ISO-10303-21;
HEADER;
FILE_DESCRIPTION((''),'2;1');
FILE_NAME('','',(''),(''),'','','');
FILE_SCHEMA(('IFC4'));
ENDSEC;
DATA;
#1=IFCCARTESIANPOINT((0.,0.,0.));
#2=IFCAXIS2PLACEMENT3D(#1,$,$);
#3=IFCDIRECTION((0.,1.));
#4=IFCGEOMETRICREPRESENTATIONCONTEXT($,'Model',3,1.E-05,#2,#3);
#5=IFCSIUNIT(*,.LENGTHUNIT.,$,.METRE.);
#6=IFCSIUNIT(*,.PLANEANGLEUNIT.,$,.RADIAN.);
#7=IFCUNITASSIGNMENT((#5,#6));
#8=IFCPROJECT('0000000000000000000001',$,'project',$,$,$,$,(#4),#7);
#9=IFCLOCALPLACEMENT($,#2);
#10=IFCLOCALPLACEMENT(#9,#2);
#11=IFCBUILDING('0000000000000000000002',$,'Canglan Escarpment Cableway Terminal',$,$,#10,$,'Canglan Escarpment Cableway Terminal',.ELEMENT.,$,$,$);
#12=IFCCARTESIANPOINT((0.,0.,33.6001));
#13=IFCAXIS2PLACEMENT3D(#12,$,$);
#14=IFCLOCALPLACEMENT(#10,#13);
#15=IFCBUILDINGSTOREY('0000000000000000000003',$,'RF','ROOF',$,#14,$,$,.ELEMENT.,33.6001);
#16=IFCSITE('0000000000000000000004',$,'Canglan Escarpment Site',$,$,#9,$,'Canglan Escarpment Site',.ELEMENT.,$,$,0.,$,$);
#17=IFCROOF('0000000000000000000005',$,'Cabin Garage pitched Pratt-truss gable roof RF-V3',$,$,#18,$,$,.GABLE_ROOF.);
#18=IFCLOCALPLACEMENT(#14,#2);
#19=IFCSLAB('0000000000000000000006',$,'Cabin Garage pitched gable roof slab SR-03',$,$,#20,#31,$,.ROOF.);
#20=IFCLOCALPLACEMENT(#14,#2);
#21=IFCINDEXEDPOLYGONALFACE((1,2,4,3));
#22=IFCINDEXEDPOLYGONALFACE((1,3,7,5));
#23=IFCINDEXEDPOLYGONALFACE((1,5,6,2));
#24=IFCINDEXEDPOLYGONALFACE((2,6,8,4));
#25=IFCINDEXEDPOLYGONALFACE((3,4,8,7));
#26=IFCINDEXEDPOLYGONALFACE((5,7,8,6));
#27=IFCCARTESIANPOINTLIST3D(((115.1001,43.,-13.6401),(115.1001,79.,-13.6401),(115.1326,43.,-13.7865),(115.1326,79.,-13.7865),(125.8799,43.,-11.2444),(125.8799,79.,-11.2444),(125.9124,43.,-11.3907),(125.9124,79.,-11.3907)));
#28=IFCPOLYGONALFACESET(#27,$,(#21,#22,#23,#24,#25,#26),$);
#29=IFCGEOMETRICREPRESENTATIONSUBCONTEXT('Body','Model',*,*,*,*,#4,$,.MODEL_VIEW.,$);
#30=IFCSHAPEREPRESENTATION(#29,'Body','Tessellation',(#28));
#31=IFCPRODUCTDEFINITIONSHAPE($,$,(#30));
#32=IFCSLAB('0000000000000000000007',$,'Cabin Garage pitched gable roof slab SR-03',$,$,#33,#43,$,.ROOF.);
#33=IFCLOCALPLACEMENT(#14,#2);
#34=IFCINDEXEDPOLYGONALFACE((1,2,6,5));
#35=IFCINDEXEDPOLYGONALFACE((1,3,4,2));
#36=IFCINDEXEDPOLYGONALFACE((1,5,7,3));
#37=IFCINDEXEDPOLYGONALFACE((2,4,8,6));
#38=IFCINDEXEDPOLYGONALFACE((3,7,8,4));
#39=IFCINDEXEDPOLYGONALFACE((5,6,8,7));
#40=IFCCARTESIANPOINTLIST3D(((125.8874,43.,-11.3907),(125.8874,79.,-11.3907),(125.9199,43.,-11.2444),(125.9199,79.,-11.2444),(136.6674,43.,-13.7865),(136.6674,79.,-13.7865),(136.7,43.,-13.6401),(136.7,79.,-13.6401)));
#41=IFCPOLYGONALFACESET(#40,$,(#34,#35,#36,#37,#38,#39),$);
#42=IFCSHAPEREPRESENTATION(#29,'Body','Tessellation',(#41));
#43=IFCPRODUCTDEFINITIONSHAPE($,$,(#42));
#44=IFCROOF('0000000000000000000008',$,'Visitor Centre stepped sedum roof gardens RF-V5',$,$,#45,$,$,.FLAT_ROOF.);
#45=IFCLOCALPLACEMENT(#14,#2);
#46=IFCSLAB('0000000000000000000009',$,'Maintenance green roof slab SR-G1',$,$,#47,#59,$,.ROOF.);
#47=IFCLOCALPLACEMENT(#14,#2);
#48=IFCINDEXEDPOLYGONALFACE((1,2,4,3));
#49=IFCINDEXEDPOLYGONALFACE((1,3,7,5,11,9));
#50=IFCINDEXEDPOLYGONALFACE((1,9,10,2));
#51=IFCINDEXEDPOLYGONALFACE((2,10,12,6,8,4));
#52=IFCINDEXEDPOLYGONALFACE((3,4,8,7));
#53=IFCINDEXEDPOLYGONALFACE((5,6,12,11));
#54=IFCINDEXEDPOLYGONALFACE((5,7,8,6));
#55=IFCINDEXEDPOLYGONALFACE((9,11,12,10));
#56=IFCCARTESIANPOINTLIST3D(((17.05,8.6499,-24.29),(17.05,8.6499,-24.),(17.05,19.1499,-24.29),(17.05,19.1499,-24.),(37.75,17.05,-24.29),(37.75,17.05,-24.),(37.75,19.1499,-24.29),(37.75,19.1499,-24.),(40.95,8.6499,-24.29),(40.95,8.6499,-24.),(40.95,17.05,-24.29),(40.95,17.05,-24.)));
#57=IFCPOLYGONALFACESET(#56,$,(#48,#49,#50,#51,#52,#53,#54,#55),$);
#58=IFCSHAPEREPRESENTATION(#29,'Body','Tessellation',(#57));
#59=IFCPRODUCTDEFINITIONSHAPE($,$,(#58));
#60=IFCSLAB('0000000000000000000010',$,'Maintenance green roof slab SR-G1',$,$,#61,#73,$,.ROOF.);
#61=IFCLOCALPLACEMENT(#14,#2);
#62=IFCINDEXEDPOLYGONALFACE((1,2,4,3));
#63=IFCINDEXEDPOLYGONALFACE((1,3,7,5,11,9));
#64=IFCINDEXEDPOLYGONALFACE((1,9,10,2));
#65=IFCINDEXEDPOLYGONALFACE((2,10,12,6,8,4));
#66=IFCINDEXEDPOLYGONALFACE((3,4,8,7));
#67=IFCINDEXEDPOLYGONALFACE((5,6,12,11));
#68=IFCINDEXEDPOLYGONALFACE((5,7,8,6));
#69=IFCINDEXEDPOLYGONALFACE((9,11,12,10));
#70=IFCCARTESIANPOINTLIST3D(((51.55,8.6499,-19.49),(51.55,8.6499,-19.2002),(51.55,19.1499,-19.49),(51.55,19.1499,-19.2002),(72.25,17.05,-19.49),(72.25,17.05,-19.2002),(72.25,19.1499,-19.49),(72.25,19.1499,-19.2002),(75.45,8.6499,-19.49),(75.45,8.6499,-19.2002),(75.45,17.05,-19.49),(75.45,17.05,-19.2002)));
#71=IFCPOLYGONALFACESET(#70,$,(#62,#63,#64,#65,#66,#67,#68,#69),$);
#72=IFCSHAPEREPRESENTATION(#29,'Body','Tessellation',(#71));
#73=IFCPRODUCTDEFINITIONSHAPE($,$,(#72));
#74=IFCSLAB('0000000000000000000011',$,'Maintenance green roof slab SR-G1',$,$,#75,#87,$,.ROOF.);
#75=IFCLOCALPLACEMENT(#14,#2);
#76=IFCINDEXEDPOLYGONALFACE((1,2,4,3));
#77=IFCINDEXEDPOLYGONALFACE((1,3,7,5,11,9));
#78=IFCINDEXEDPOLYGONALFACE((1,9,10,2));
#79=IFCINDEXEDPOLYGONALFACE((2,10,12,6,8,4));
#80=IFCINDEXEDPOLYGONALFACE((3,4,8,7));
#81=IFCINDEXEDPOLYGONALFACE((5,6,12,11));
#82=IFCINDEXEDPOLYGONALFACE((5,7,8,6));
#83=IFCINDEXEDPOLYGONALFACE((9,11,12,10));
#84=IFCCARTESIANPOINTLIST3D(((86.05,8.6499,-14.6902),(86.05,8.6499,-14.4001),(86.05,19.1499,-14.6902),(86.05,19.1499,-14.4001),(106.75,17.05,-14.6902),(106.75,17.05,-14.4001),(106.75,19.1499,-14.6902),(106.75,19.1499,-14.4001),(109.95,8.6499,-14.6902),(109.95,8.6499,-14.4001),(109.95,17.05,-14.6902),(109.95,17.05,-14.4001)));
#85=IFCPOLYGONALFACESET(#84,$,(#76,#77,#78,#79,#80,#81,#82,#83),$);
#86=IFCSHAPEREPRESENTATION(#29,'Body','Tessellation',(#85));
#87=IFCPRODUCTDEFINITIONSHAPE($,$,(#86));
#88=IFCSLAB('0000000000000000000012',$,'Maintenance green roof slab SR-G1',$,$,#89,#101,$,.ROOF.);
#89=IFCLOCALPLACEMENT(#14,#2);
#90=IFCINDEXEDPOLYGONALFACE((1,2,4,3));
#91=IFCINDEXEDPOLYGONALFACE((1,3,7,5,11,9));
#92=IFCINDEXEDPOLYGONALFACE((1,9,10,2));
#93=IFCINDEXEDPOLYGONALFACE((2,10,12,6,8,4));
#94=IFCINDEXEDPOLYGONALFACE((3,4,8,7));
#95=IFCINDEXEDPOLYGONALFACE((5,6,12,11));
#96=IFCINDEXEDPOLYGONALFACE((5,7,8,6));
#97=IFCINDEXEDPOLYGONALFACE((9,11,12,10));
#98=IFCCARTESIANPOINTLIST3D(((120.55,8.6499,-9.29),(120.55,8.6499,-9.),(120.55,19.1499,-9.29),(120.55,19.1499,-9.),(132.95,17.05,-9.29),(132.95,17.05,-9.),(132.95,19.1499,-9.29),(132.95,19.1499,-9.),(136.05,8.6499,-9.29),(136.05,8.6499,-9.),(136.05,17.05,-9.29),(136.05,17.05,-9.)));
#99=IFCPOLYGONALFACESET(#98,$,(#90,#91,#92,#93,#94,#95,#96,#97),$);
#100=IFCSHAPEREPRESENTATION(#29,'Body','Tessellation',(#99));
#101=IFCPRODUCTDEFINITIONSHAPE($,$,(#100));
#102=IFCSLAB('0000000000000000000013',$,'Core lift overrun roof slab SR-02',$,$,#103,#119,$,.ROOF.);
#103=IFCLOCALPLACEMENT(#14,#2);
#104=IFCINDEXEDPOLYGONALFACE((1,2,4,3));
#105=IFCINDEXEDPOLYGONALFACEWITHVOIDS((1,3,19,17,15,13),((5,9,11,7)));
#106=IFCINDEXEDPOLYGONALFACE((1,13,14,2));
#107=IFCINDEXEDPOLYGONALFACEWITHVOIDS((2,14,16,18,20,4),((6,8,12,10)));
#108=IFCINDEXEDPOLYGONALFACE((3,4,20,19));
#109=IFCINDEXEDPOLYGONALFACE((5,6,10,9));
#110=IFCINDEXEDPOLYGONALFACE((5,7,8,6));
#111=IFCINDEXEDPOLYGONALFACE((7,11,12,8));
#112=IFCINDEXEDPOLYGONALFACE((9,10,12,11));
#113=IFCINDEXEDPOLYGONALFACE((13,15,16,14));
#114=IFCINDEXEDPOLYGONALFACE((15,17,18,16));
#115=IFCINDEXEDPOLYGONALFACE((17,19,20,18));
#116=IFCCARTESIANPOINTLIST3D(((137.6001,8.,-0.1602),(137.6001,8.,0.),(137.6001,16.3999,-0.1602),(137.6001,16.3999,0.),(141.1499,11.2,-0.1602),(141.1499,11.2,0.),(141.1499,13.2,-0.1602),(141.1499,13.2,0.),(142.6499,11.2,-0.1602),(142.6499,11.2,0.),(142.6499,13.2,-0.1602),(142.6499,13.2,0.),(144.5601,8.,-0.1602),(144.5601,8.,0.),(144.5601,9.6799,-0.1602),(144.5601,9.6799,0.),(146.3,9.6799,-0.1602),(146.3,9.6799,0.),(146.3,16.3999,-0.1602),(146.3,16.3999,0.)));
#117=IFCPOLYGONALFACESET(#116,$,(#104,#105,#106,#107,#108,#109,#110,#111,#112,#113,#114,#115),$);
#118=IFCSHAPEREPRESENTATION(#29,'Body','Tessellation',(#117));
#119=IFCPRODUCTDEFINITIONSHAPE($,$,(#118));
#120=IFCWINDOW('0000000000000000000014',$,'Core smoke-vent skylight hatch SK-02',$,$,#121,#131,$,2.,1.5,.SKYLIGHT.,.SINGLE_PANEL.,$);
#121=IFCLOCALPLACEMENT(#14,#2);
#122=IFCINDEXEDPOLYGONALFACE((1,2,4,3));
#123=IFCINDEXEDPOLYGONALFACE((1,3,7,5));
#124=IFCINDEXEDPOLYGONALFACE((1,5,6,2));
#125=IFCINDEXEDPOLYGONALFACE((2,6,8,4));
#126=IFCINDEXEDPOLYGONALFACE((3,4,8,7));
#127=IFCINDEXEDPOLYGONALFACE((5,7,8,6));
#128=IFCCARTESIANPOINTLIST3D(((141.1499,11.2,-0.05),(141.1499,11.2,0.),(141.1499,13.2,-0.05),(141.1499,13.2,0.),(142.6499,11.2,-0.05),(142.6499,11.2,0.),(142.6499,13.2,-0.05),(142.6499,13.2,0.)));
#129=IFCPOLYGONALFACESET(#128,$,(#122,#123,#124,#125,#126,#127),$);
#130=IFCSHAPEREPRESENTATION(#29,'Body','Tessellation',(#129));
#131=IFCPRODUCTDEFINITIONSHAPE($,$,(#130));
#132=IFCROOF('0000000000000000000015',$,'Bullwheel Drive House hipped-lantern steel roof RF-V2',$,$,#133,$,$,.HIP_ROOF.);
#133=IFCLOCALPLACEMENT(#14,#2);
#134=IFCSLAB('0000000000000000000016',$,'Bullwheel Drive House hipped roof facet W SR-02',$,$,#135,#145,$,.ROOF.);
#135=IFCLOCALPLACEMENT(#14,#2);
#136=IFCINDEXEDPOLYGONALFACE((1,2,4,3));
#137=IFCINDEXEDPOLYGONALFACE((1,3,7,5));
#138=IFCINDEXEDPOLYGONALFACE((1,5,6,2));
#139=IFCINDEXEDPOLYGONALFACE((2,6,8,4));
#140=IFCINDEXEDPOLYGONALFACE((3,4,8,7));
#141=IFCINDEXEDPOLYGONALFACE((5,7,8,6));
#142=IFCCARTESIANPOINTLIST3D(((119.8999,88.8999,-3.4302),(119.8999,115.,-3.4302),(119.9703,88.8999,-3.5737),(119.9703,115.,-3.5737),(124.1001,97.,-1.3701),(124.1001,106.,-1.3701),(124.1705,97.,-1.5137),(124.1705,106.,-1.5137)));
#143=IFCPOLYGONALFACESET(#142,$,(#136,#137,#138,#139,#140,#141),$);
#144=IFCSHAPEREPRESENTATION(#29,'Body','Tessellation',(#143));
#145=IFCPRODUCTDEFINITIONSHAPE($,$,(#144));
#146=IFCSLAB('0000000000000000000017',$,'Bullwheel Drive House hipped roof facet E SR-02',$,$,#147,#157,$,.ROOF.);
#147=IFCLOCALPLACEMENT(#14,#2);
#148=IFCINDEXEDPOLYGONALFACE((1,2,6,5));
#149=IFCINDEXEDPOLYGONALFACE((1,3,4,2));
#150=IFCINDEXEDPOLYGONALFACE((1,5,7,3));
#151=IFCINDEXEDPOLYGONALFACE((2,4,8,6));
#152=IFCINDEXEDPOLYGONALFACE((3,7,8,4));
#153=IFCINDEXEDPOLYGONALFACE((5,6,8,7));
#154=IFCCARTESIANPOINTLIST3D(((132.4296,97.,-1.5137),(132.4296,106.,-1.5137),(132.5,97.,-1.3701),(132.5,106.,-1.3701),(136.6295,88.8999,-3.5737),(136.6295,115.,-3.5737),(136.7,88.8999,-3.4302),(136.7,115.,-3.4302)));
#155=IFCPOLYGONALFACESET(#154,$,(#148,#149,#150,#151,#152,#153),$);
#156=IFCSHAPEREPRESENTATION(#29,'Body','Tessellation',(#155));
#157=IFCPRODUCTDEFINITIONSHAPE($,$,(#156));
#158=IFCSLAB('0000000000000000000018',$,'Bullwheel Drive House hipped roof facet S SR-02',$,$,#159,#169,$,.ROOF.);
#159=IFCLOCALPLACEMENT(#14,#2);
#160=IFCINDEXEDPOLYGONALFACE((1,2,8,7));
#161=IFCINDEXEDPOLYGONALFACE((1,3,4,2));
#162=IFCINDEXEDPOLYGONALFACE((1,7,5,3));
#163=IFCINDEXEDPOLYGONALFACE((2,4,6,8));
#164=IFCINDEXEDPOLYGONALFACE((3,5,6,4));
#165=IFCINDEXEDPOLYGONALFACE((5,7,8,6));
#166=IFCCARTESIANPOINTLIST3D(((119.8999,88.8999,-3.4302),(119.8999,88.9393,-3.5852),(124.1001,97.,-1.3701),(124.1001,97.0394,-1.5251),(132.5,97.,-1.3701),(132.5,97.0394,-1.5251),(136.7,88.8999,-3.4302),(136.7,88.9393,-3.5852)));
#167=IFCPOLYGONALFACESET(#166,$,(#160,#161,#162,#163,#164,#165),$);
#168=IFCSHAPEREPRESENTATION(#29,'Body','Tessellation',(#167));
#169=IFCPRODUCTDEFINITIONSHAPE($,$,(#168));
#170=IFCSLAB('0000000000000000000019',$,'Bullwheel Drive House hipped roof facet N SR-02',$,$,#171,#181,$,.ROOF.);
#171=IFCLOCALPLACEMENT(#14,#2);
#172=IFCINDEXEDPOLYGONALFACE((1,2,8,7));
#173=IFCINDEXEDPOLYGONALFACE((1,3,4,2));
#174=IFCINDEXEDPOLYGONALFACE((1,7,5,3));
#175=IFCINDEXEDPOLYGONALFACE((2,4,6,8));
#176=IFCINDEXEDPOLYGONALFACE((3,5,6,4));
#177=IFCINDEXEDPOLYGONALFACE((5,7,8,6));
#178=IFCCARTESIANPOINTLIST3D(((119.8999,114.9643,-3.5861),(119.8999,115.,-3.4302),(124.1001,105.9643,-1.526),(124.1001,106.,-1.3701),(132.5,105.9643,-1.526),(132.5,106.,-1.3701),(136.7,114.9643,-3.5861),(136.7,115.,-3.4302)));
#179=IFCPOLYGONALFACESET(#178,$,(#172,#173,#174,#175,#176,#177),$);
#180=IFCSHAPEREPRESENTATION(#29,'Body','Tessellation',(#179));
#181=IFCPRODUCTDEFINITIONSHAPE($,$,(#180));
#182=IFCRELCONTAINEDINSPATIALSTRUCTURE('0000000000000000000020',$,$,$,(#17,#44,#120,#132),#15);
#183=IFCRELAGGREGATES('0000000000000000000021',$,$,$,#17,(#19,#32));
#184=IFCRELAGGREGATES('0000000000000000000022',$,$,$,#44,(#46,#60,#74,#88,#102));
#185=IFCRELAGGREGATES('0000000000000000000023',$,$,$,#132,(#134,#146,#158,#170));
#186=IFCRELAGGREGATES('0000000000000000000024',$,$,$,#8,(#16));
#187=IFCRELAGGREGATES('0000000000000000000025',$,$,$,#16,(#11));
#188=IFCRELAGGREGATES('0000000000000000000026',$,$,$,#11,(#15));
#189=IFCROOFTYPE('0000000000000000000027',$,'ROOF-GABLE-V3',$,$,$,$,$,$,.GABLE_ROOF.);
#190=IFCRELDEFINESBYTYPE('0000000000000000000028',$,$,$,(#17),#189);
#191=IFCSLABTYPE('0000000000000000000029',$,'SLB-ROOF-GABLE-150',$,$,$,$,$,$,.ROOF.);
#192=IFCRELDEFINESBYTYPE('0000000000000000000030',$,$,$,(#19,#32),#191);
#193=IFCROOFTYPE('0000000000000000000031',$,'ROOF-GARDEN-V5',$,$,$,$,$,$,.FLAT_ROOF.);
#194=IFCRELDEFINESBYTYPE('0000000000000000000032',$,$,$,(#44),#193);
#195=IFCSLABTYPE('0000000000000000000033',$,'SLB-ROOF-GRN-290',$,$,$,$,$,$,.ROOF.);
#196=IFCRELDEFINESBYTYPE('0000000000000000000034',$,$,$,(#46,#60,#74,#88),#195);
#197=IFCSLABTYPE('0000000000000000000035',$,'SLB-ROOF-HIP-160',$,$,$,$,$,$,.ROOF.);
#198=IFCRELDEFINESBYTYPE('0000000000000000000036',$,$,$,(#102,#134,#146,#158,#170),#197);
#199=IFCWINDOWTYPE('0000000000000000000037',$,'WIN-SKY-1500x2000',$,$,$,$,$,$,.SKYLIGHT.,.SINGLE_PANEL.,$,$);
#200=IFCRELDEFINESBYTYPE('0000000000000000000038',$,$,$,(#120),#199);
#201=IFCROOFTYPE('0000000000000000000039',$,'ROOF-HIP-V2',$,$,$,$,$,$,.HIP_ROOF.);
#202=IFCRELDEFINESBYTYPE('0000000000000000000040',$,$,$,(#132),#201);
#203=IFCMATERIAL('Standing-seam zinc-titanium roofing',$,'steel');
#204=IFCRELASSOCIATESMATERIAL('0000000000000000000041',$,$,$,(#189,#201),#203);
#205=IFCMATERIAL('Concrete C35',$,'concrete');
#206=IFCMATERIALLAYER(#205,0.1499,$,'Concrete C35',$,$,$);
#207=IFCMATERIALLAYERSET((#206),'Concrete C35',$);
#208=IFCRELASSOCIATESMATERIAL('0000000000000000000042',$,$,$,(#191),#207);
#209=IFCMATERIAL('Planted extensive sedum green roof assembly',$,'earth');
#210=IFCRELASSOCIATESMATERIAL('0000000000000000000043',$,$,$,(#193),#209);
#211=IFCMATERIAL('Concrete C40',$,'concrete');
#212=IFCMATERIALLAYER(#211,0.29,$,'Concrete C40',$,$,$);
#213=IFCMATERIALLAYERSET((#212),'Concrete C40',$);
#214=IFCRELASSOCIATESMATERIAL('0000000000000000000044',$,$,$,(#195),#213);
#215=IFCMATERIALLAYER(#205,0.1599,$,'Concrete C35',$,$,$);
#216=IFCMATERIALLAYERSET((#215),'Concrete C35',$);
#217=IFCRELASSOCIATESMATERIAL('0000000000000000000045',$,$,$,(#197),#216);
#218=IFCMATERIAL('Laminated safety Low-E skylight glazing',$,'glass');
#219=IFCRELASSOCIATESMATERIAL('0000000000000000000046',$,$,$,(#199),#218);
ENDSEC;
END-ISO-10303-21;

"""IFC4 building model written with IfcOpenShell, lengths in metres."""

from ifc_helpers import new_model, si_unit, direction, frame, origin, origin_2d, place, context, subcontext, project, spatial, polyline, rectangle, outline, extrude, material, layer, layer_set, type_object, element, fill, aggregate, save


model = new_model("IFC4")

# Units and contexts
model_context = context("Model", 3, precision=1e-05, world=origin(), true_north=direction((0.0, 1.0)))
body_context = subcontext(model_context, "Body", "Model", "MODEL_VIEW")
ifc_project = project(units=[si_unit("LENGTHUNIT", "METRE"), si_unit("PLANEANGLEUNIT", "RADIAN")], contexts=[model_context])

# Site, building, storey
site_placement = place(None, origin())
site = spatial("IfcSite", under=ifc_project, at=site_placement, Name="Canglan Escarpment Site", LongName="Canglan Escarpment Site", CompositionType="ELEMENT", RefElevation=0.0)
building_placement = place(site_placement, origin())
building = spatial("IfcBuilding", under=site, at=building_placement, Name="Canglan Escarpment Cableway Terminal", LongName="Canglan Escarpment Cableway Terminal", CompositionType="ELEMENT")
storey_placement = place(building_placement, frame((0.0, 0.0, 33.6001)))
storey = spatial("IfcBuildingStorey", under=building, at=storey_placement, Name="RF", Description="ROOF", CompositionType="ELEMENT", Elevation=33.6001)

# Roof, slabs
ifc_material_1 = material(Name="Standing-seam zinc-titanium roofing", Category="steel")
roof_type_1 = type_object("IfcRoofType", Name="ROOF-GABLE-V3", PredefinedType="GABLE_ROOF", material=ifc_material_1)
roof_1_placement = place(storey_placement, origin())
roof_1 = element("IfcRoof", 1, at=roof_1_placement, inside=storey, type_object=roof_type_1, Name="Cabin Garage pitched Pratt-truss gable roof RF-V3", PredefinedType="GABLE_ROOF")
ifc_material_2 = material(Name="Concrete C35", Category="concrete")
ifc_layer_1 = layer(ifc_material_2, 0.1499, Name="Concrete C35")
ifc_layer_set_1 = layer_set([ifc_layer_1], Name="Concrete C35")
slab_type_1 = type_object("IfcSlabType", Name="SLB-ROOF-GABLE-150", PredefinedType="ROOF", material=ifc_layer_set_1)
slab_1_placement = place(storey_placement, frame((115.1001, 43.0, -13.6401), z_axis=(-0.216952, 0.0, 0.976182), x_axis=(0.976182, 0.0, 0.216952)))
slab_1 = element("IfcSlab", 2, at=slab_1_placement, type_object=slab_type_1, Name="Cabin Garage pitched gable roof slab SR-03", PredefinedType="ROOF", context=body_context, shape_type="SweptSolid", body=[
    extrude(outline(polyline([(0.0, 0.0), (11.0428, 0.0), (11.0428, 36.0), (0.0, 36.0), (0.0, 0.0)])), origin(), (0.0, 0.0, -1.0), 0.1499),
])
slab_2_placement = place(storey_placement, frame((125.9199, 43.0, -11.2444), z_axis=(0.216947, 0.0, 0.976183), x_axis=(0.976183, 0.0, -0.216947)))
slab_2 = element("IfcSlab", 3, at=slab_2_placement, type_object=slab_type_1, Name="Cabin Garage pitched gable roof slab SR-03", PredefinedType="ROOF", context=body_context, shape_type="SweptSolid", body=[
    extrude(outline(polyline([(0.0, 0.0), (11.043, 0.0), (11.043, 36.0), (0.0, 36.0), (0.0, 0.0)])), origin(), (0.0, 0.0, -1.0), 0.1499),
])
aggregate(roof_1, [slab_1, slab_2])

# Roof, slabs, opening, window
ifc_material_3 = material(Name="Planted extensive sedum green roof assembly", Category="earth")
roof_type_2 = type_object("IfcRoofType", Name="ROOF-GARDEN-V5", PredefinedType="FLAT_ROOF", material=ifc_material_3)
roof_2_placement = place(storey_placement, origin())
roof_2 = element("IfcRoof", 4, at=roof_2_placement, inside=storey, type_object=roof_type_2, Name="Visitor Centre stepped sedum roof gardens RF-V5", PredefinedType="FLAT_ROOF")
ifc_material_4 = material(Name="Concrete C40", Category="concrete")
ifc_layer_2 = layer(ifc_material_4, 0.29, Name="Concrete C40")
ifc_layer_set_2 = layer_set([ifc_layer_2], Name="Concrete C40")
slab_type_2 = type_object("IfcSlabType", Name="SLB-ROOF-GRN-290", PredefinedType="ROOF", material=ifc_layer_set_2)
slab_3_placement = place(storey_placement, frame((0.0, 0.0, -24.29)))
slab_3 = element("IfcSlab", 5, at=slab_3_placement, type_object=slab_type_2, Name="Maintenance green roof slab SR-G1", PredefinedType="ROOF", context=body_context, shape_type="SweptSolid", body=[
    extrude(outline(polyline([(17.05, 8.6499), (40.95, 8.6499), (40.95, 17.05), (37.75, 17.05), (37.75, 19.1499), (17.05, 19.1499), (17.05, 8.6499)])), origin(), (0.0, 0.0, 1.0), 0.29),
])
slab_4_placement = place(storey_placement, frame((0.0, 0.0, -19.49)))
slab_4 = element("IfcSlab", 6, at=slab_4_placement, type_object=slab_type_2, Name="Maintenance green roof slab SR-G1", PredefinedType="ROOF", context=body_context, shape_type="SweptSolid", body=[
    extrude(outline(polyline([(51.55, 8.6499), (75.45, 8.6499), (75.45, 17.05), (72.25, 17.05), (72.25, 19.1499), (51.55, 19.1499), (51.55, 8.6499)])), origin(), (0.0, 0.0, 1.0), 0.2898),
])
slab_5_placement = place(storey_placement, frame((0.0, 0.0, -14.6902)))
slab_5 = element("IfcSlab", 7, at=slab_5_placement, type_object=slab_type_2, Name="Maintenance green roof slab SR-G1", PredefinedType="ROOF", context=body_context, shape_type="SweptSolid", body=[
    extrude(outline(polyline([(86.05, 8.6499), (109.95, 8.6499), (109.95, 17.05), (106.75, 17.05), (106.75, 19.1499), (86.05, 19.1499), (86.05, 8.6499)])), origin(), (0.0, 0.0, 1.0), 0.29),
])
slab_6_placement = place(storey_placement, frame((0.0, 0.0, -9.29)))
slab_6 = element("IfcSlab", 8, at=slab_6_placement, type_object=slab_type_2, Name="Maintenance green roof slab SR-G1", PredefinedType="ROOF", context=body_context, shape_type="SweptSolid", body=[
    extrude(outline(polyline([(120.55, 8.6499), (136.05, 8.6499), (136.05, 17.05), (132.95, 17.05), (132.95, 19.1499), (120.55, 19.1499), (120.55, 8.6499)])), origin(), (0.0, 0.0, 1.0), 0.29),
])
ifc_layer_3 = layer(ifc_material_2, 0.1599, Name="Concrete C35")
ifc_layer_set_3 = layer_set([ifc_layer_3], Name="Concrete C35")
slab_type_3 = type_object("IfcSlabType", Name="SLB-ROOF-HIP-160", PredefinedType="ROOF", material=ifc_layer_set_3)
slab_7_placement = place(storey_placement, frame((0.0, 0.0, -0.1602)))
slab_7 = element("IfcSlab", 9, at=slab_7_placement, type_object=slab_type_3, Name="Core lift overrun roof slab SR-02", PredefinedType="ROOF", context=body_context, shape_type="SweptSolid", body=[
    extrude(outline(polyline([(137.6001, 8.0), (144.5601, 8.0), (144.5601, 9.6799), (146.3, 9.6799), (146.3, 16.3999), (137.6001, 16.3999), (137.6001, 8.0)])), origin(), (0.0, 0.0, 1.0), 0.1602),
])
opening_1_placement = place(slab_7_placement, frame((141.8999, 12.2, 0.0)))
opening_1 = element("IfcOpeningElement", 10, at=opening_1_placement, cuts=slab_7, PredefinedType="OPENING", context=body_context, shape_type="SweptSolid", body=[
    extrude(rectangle(XDim=1.5, YDim=2.0, at=origin_2d()), frame((0.0, 0.0, -0.01)), (0.0, 0.0, 1.0), 0.1802),
])
ifc_material_5 = material(Name="Laminated safety Low-E skylight glazing", Category="glass")
window_type_1 = type_object("IfcWindowType", Name="WIN-SKY-1500x2000", PartitioningType="SINGLE_PANEL", PredefinedType="SKYLIGHT", material=ifc_material_5)
window_1_placement = place(opening_1_placement, frame((0.0, 0.0, 0.1101)))
window_1 = element("IfcWindow", 11, at=window_1_placement, inside=storey, type_object=window_type_1, Name="Core smoke-vent skylight hatch SK-02", OverallHeight=2.0, OverallWidth=1.5, PartitioningType="SINGLE_PANEL", PredefinedType="SKYLIGHT", context=body_context, shape_type="SweptSolid", body=[
    extrude(rectangle(XDim=1.5, YDim=2.0, at=origin_2d()), origin(), (0.0, 0.0, 1.0), 0.05),
])
fill(opening_1, window_1)
aggregate(roof_2, [slab_3, slab_4, slab_5, slab_6, slab_7])

# Roof, slabs
roof_type_3 = type_object("IfcRoofType", Name="ROOF-HIP-V2", PredefinedType="HIP_ROOF", material=ifc_material_1)
roof_3_placement = place(storey_placement, origin())
roof_3 = element("IfcRoof", 12, at=roof_3_placement, inside=storey, type_object=roof_type_3, Name="Bullwheel Drive House hipped-lantern steel roof RF-V2", PredefinedType="HIP_ROOF")
slab_8_placement = place(storey_placement, frame((119.8999, 88.8999, -3.4302), z_axis=(-0.440354, 0.0, 0.897824), x_axis=(0.449027, 0.865951, 0.220233)))
slab_8 = element("IfcSlab", 13, at=slab_8_placement, type_object=slab_type_3, Name="Bullwheel Drive House hipped roof facet W SR-02", PredefinedType="ROOF", context=body_context, shape_type="SweptSolid", body=[
    extrude(outline(polyline([(0.0, 0.0), (9.354, 0.0), (17.1475, 4.5012), (22.6014, 13.0534), (0.0, 0.0)])), origin(), (0.0, 0.0, -1.0), 0.1599),
])
slab_9_placement = place(storey_placement, frame((132.5, 97.0, -1.3701), z_axis=(0.440374, 0.0, 0.897814), x_axis=(0.449006, -0.865962, -0.220236)))
slab_9 = element("IfcSlab", 14, at=slab_9_placement, type_object=slab_type_3, Name="Bullwheel Drive House hipped roof facet E SR-02", PredefinedType="ROOF", context=body_context, shape_type="SweptSolid", body=[
    extrude(outline(polyline([(0.0, 0.0), (9.3539, 0.0), (-13.2478, 13.0529), (-7.7937, 4.501), (0.0, 0.0)])), origin(), (0.0, 0.0, -1.0), 0.1599),
])
slab_10_placement = place(storey_placement, frame((119.8999, 88.8999, -3.4302), z_axis=(0.0, -0.246479, 0.969148), x_axis=(1.0, 0.0, 0.0)))
slab_10 = element("IfcSlab", 15, at=slab_10_placement, type_object=slab_type_3, Name="Bullwheel Drive House hipped roof facet S SR-02", PredefinedType="ROOF", context=body_context, shape_type="SweptSolid", body=[
    extrude(outline(polyline([(0.0, 0.0), (16.8, 0.0), (12.6001, 8.358), (4.2002, 8.358), (0.0, 0.0)])), origin(), (0.0, 0.0, -1.0), 0.1599),
])
slab_11_placement = place(storey_placement, frame((124.1001, 106.0, -1.3701), z_axis=(0.0, 0.223125, 0.97479), x_axis=(1.0, 0.0, 0.0)))
slab_11 = element("IfcSlab", 16, at=slab_11_placement, type_object=slab_type_3, Name="Bullwheel Drive House hipped roof facet N SR-02", PredefinedType="ROOF", context=body_context, shape_type="SweptSolid", body=[
    extrude(outline(polyline([(0.0, 0.0), (8.3999, 0.0), (12.5999, 9.2328), (-4.2002, 9.2328), (0.0, 0.0)])), origin(), (0.0, 0.0, -1.0), 0.1599),
])
aggregate(roof_3, [slab_8, slab_9, slab_10, slab_11])

save(model, "model.ifc")
